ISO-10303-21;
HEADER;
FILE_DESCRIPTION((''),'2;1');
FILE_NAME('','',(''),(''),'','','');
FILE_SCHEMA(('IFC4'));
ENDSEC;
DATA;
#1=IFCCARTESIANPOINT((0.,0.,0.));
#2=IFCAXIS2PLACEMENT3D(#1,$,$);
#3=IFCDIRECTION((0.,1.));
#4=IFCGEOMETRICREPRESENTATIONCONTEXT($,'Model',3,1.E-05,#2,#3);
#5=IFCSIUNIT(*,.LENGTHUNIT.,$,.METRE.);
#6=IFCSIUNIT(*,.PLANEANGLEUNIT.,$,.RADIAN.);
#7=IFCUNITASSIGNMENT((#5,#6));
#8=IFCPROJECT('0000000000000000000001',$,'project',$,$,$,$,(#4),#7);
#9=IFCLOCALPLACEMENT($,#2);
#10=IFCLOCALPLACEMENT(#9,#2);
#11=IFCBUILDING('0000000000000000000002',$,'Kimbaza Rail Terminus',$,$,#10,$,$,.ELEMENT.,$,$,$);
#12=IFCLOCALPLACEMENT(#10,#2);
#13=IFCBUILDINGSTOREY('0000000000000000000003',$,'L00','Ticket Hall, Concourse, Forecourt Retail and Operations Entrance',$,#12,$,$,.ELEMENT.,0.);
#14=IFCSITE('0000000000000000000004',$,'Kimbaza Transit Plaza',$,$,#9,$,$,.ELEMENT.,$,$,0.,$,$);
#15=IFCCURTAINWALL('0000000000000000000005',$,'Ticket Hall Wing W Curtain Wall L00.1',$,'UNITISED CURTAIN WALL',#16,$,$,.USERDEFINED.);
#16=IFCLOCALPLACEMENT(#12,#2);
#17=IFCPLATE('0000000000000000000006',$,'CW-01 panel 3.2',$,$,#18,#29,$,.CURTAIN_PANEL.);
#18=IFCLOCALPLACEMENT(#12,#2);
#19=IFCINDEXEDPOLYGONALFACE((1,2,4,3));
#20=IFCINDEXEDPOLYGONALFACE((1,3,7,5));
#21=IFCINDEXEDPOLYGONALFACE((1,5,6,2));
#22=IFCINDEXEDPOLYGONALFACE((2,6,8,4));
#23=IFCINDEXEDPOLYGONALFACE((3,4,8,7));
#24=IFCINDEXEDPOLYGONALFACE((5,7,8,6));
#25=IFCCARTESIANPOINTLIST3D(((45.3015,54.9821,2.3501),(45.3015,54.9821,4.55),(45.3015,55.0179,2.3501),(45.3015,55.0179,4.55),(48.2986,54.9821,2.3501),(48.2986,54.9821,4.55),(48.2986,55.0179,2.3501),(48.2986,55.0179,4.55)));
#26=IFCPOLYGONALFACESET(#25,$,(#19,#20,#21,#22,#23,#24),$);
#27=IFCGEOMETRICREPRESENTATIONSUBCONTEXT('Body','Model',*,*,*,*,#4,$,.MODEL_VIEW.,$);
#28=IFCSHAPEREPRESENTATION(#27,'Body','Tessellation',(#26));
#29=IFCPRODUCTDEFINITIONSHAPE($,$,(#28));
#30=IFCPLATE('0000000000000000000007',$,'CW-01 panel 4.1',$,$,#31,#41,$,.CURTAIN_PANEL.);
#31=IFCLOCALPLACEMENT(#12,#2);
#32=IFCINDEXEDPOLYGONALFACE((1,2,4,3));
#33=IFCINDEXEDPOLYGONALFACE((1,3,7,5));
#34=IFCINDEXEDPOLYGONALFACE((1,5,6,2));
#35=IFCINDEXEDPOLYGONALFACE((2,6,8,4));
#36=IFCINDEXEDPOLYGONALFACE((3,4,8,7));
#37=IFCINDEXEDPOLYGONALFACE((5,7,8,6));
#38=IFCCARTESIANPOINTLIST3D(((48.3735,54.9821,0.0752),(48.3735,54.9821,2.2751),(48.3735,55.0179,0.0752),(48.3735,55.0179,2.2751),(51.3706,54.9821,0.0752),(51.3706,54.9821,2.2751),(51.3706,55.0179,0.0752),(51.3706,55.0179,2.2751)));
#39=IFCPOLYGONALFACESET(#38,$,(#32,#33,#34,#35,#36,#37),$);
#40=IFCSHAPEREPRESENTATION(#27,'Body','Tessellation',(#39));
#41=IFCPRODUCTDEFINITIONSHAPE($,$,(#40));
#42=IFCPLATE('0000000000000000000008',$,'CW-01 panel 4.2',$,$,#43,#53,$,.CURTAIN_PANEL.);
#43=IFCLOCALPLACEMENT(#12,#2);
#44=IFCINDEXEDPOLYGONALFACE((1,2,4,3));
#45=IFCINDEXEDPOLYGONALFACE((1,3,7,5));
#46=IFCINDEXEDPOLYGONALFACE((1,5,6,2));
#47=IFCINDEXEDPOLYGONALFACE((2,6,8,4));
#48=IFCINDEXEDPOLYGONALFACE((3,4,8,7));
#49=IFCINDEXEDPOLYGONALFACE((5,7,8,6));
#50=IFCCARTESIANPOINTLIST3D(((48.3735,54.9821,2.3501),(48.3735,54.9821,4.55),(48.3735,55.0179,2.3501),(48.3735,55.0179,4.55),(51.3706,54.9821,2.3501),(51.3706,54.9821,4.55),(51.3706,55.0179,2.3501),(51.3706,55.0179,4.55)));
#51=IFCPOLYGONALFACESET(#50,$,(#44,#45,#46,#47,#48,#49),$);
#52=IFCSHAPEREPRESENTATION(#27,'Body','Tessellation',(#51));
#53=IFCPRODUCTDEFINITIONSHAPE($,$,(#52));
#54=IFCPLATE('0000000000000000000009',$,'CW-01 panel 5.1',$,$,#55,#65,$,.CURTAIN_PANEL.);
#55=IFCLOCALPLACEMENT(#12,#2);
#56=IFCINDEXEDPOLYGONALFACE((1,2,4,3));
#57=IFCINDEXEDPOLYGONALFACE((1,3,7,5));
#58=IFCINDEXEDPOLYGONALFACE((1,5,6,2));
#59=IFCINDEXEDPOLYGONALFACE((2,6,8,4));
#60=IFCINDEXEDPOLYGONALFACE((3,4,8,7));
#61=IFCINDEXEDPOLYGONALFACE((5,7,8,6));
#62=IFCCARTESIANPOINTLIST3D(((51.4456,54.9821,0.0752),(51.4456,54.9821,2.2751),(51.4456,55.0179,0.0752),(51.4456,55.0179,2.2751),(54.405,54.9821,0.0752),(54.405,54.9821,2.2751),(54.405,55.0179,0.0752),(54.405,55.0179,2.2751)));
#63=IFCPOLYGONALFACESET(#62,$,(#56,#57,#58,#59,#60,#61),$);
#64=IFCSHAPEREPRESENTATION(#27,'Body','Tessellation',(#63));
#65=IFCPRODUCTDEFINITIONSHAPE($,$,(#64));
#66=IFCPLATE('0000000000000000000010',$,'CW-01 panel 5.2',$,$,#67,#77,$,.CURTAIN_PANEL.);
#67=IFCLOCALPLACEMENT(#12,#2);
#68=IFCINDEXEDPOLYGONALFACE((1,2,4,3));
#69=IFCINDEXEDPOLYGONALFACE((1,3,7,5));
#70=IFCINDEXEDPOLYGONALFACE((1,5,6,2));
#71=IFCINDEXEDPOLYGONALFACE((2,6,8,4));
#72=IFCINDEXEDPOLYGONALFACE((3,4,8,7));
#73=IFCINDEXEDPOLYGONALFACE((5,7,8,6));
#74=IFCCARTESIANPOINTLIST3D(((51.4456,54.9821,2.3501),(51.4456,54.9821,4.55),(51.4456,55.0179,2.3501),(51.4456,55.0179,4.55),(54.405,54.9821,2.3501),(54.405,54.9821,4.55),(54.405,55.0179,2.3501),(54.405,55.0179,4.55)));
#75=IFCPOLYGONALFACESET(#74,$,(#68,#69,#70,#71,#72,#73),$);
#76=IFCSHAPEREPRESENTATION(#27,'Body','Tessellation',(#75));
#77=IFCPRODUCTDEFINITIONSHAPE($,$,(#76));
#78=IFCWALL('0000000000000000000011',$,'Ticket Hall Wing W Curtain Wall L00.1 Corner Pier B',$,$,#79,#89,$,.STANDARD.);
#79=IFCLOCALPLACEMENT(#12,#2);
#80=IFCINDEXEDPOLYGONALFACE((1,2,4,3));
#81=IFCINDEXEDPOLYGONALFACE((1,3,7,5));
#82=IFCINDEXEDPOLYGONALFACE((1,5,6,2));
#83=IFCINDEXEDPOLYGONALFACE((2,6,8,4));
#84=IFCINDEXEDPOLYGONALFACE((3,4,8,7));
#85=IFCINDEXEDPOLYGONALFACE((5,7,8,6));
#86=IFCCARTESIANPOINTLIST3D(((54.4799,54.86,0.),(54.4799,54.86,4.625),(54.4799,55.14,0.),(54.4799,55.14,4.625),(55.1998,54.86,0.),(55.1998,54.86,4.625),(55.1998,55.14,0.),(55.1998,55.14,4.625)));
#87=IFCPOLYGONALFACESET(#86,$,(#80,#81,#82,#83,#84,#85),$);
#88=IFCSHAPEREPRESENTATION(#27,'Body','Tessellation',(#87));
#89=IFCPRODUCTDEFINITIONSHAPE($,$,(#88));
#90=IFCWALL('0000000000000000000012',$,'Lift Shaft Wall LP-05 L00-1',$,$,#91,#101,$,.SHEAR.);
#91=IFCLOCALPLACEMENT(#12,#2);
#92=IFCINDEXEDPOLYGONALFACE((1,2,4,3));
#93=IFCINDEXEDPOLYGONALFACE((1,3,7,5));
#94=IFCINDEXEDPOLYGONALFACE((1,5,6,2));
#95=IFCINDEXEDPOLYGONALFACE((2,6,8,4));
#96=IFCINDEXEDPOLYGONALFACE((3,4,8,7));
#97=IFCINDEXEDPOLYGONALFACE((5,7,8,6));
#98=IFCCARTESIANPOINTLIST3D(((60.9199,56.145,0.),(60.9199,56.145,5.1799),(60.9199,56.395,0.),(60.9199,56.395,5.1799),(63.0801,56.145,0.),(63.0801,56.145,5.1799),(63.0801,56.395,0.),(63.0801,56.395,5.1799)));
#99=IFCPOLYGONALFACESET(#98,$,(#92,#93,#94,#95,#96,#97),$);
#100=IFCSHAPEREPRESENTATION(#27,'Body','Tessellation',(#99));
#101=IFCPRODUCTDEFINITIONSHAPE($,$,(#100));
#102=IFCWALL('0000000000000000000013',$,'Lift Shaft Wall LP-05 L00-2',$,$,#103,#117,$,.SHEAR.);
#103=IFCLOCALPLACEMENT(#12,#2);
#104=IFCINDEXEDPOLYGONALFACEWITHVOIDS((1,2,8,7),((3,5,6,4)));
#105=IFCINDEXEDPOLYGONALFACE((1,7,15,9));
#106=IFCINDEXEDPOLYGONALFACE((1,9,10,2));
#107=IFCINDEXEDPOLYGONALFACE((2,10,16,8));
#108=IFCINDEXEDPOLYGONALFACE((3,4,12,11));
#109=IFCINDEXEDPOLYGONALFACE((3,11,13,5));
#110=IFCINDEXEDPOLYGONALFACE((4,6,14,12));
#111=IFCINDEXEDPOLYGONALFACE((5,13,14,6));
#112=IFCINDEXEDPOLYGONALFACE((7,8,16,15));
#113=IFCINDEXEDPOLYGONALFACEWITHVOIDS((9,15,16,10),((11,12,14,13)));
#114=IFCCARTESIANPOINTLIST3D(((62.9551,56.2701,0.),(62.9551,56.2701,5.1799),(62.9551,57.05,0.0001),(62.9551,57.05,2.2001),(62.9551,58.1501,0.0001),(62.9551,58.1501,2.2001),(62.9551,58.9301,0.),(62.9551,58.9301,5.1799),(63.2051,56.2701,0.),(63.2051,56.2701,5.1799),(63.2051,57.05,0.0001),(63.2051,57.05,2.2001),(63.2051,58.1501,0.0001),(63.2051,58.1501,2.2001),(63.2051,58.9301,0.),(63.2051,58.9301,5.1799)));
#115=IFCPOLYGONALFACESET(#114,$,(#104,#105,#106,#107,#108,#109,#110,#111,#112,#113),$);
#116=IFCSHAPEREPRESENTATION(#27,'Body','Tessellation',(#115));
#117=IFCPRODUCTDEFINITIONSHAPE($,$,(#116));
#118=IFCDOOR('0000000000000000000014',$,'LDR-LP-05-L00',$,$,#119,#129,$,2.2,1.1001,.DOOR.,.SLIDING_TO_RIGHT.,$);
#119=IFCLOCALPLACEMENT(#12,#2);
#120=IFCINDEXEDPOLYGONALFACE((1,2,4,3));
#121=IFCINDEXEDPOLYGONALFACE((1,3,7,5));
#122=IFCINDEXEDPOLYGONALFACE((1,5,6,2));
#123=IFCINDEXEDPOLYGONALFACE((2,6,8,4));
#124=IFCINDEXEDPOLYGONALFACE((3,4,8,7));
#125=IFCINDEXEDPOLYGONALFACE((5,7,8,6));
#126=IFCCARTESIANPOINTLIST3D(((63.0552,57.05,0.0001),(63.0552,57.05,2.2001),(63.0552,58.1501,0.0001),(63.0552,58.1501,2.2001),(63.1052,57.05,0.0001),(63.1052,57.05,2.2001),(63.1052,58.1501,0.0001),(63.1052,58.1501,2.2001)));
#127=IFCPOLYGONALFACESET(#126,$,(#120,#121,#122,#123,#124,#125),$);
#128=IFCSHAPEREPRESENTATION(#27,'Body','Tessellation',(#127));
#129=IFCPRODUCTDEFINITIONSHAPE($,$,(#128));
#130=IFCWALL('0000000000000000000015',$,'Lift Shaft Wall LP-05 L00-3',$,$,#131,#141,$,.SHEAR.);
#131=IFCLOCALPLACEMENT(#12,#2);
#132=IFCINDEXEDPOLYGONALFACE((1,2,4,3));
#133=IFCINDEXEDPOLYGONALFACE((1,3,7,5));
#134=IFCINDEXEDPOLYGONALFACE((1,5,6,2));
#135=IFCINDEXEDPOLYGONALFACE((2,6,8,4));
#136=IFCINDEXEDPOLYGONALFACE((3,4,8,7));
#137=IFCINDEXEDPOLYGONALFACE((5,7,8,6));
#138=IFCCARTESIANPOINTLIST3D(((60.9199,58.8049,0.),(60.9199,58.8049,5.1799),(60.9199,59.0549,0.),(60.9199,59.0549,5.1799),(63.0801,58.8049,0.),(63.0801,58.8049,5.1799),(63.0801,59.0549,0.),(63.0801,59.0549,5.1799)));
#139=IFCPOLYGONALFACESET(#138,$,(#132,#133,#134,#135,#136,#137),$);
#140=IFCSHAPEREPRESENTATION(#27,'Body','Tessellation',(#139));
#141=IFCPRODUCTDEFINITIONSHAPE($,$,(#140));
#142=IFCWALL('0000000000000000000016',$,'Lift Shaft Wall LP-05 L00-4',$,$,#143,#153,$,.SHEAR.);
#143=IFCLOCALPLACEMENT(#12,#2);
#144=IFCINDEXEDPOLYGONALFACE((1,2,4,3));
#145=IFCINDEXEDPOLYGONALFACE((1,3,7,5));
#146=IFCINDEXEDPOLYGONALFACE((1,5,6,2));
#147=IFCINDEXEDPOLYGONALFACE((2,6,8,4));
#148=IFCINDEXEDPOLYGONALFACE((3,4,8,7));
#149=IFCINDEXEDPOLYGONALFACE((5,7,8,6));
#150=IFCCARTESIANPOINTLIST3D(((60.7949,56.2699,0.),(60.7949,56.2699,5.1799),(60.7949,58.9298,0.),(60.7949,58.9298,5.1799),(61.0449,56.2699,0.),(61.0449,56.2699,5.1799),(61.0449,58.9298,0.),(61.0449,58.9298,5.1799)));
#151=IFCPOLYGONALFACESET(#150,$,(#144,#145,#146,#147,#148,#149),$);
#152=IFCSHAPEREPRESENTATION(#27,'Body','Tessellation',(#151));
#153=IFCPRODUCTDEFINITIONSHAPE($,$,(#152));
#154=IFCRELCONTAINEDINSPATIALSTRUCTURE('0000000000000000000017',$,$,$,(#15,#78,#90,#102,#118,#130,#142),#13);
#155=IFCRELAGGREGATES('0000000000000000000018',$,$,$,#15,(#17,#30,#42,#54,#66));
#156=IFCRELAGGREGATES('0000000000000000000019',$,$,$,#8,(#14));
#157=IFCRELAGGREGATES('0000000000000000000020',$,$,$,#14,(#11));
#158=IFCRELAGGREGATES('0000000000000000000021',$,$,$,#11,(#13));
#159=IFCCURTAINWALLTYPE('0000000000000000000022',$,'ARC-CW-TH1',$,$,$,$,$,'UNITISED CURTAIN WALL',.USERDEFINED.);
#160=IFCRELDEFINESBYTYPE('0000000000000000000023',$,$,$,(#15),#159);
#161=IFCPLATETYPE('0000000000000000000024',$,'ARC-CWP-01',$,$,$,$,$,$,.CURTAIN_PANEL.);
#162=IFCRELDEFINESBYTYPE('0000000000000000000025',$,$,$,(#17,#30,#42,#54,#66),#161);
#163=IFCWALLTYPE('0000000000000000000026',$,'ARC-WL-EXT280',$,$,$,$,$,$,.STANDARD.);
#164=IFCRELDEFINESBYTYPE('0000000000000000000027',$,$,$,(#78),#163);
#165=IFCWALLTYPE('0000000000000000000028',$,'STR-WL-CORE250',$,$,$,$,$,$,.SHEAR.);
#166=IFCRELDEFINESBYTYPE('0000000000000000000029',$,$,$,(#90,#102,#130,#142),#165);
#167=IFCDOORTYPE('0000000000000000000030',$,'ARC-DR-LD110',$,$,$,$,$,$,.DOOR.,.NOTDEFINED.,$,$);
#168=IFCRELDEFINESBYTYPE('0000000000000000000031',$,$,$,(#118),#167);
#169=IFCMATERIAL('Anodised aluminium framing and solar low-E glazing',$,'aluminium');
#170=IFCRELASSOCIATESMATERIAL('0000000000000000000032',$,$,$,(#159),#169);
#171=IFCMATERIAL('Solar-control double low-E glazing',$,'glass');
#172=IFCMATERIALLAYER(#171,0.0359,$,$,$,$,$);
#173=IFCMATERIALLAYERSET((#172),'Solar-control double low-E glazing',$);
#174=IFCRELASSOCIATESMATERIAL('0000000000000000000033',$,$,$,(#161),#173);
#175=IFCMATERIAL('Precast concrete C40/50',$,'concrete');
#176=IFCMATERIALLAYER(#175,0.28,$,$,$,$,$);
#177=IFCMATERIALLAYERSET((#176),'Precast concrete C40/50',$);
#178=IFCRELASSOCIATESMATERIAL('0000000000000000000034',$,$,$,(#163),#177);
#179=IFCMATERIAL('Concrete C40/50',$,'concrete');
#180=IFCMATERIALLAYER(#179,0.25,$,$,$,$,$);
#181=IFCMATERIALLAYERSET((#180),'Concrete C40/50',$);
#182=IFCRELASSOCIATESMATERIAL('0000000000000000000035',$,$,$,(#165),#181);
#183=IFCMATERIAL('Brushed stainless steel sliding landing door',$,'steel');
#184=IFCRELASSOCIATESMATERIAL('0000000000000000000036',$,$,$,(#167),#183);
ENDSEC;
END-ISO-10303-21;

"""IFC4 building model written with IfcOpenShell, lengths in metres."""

from ifc_helpers import new_model, si_unit, direction, frame, frame_2d, origin, origin_2d, place, context, subcontext, project, spatial, rectangle, extrude, material, layer, layer_set, type_object, element, fill, aggregate, save


model = new_model("IFC4")

# Units and contexts
model_context = context("Model", 3, precision=1e-05, world=origin(), true_north=direction((0.0, 1.0)))
body_context = subcontext(model_context, "Body", "Model", "MODEL_VIEW")
ifc_project = project(units=[si_unit("LENGTHUNIT", "METRE"), si_unit("PLANEANGLEUNIT", "RADIAN")], contexts=[model_context])

# Site, building, storey
site_placement = place(None, origin())
site = spatial("IfcSite", under=ifc_project, at=site_placement, Name="Kimbaza Transit Plaza", CompositionType="ELEMENT", RefElevation=0.0)
building_placement = place(site_placement, origin())
building = spatial("IfcBuilding", under=site, at=building_placement, Name="Kimbaza Rail Terminus", CompositionType="ELEMENT")
storey_placement = place(building_placement, origin())
storey = spatial("IfcBuildingStorey", under=building, at=storey_placement, Name="L00", Description="Ticket Hall, Concourse, Forecourt Retail and Operations Entrance", CompositionType="ELEMENT", Elevation=0.0)

# Curtain wall
ifc_material_1 = material(Name="Anodised aluminium framing and solar low-E glazing", Category="aluminium")
curtain_wall_type = type_object("IfcCurtainWallType", Name="ARC-CW-TH1", ElementType="UNITISED CURTAIN WALL", PredefinedType="USERDEFINED", material=ifc_material_1)
curtain_wall_placement = place(storey_placement, origin())
curtain_wall = element("IfcCurtainWall", 1, at=curtain_wall_placement, inside=storey, type_object=curtain_wall_type, Name="Ticket Hall Wing W Curtain Wall L00.1", ObjectType="UNITISED CURTAIN WALL", PredefinedType="USERDEFINED")

# Plates
ifc_material_2 = material(Name="Solar-control double low-E glazing", Category="glass")
ifc_layer_1 = layer(ifc_material_2, 0.0359)
ifc_layer_set_1 = layer_set([ifc_layer_1], Name="Solar-control double low-E glazing")
plate_type = type_object("IfcPlateType", Name="ARC-CWP-01", PredefinedType="CURTAIN_PANEL", material=ifc_layer_set_1)
plate_1_placement = place(storey_placement, frame((46.8, 55.0, 2.3501), z_axis=(0.0, 0.0, 1.0), x_axis=(1.0, 0.0, 0.0)))
plate_1 = element("IfcPlate", 2, at=plate_1_placement, type_object=plate_type, Name="CW-01 panel 3.2", PredefinedType="CURTAIN_PANEL", context=body_context, shape_type="SweptSolid", body=[
    extrude(rectangle(XDim=2.9971, YDim=0.0359, at=origin_2d()), origin(), (0.0, 0.0, 1.0), 2.2),
])
plate_2_placement = place(storey_placement, frame((49.8721, 55.0, 0.0752), z_axis=(0.0, 0.0, 1.0), x_axis=(1.0, 0.0, 0.0)))
plate_2 = element("IfcPlate", 3, at=plate_2_placement, type_object=plate_type, Name="CW-01 panel 4.1", PredefinedType="CURTAIN_PANEL", context=body_context, shape_type="SweptSolid", body=[
    extrude(rectangle(XDim=2.9971, YDim=0.0359, at=origin_2d()), origin(), (0.0, 0.0, 1.0), 2.2),
])
plate_3_placement = place(storey_placement, frame((49.8721, 55.0, 2.3501), z_axis=(0.0, 0.0, 1.0), x_axis=(1.0, 0.0, 0.0)))
plate_3 = element("IfcPlate", 4, at=plate_3_placement, type_object=plate_type, Name="CW-01 panel 4.2", PredefinedType="CURTAIN_PANEL", context=body_context, shape_type="SweptSolid", body=[
    extrude(rectangle(XDim=2.9971, YDim=0.0359, at=origin_2d()), origin(), (0.0, 0.0, 1.0), 2.2),
])
plate_4_placement = place(storey_placement, frame((52.9253, 55.0, 0.0752), z_axis=(0.0, 0.0, 1.0), x_axis=(1.0, 0.0, 0.0)))
plate_4 = element("IfcPlate", 5, at=plate_4_placement, type_object=plate_type, Name="CW-01 panel 5.1", PredefinedType="CURTAIN_PANEL", context=body_context, shape_type="SweptSolid", body=[
    extrude(rectangle(XDim=2.9595, YDim=0.0359, at=origin_2d()), origin(), (0.0, 0.0, 1.0), 2.2),
])
plate_5_placement = place(storey_placement, frame((52.9253, 55.0, 2.3501), z_axis=(0.0, 0.0, 1.0), x_axis=(1.0, 0.0, 0.0)))
plate_5 = element("IfcPlate", 6, at=plate_5_placement, type_object=plate_type, Name="CW-01 panel 5.2", PredefinedType="CURTAIN_PANEL", context=body_context, shape_type="SweptSolid", body=[
    extrude(rectangle(XDim=2.9595, YDim=0.0359, at=origin_2d()), origin(), (0.0, 0.0, 1.0), 2.2),
])
aggregate(curtain_wall, [plate_1, plate_2, plate_3, plate_4, plate_5])

# Walls
ifc_material_3 = material(Name="Precast concrete C40/50", Category="concrete")
ifc_layer_2 = layer(ifc_material_3, 0.28)
ifc_layer_set_2 = layer_set([ifc_layer_2], Name="Precast concrete C40/50")
wall_type_1 = type_object("IfcWallType", Name="ARC-WL-EXT280", PredefinedType="STANDARD", material=ifc_layer_set_2)
wall_1_placement = place(storey_placement, frame((54.48, 55.0, 0.0), z_axis=(0.0, 0.0, 1.0), x_axis=(1.0, 0.0, 0.0)))
element("IfcWall", 7, at=wall_1_placement, inside=storey, type_object=wall_type_1, Name="Ticket Hall Wing W Curtain Wall L00.1 Corner Pier B", PredefinedType="STANDARD", context=body_context, shape_type="SweptSolid", body=[
    extrude(rectangle(XDim=0.72, YDim=0.28, at=frame_2d((0.3599, 0.0))), origin(), (0.0, 0.0, 1.0), 4.625),
])
ifc_material_4 = material(Name="Concrete C40/50", Category="concrete")
ifc_layer_3 = layer(ifc_material_4, 0.25)
ifc_layer_set_3 = layer_set([ifc_layer_3], Name="Concrete C40/50")
wall_type_2 = type_object("IfcWallType", Name="STR-WL-CORE250", PredefinedType="SHEAR", material=ifc_layer_set_3)
wall_2_placement = place(storey_placement, frame((60.9199, 56.27, 0.0), z_axis=(0.0, 0.0, 1.0), x_axis=(1.0, 0.0, 0.0)))
element("IfcWall", 8, at=wall_2_placement, inside=storey, type_object=wall_type_2, Name="Lift Shaft Wall LP-05 L00-1", PredefinedType="SHEAR", context=body_context, shape_type="SweptSolid", body=[
    extrude(rectangle(XDim=2.1602, YDim=0.25, at=frame_2d((1.0801, 0.0))), origin(), (0.0, 0.0, 1.0), 5.1799),
])

# Wall, opening, door
wall_3_placement = place(storey_placement, frame((63.0801, 56.27, 0.0), z_axis=(0.0, 0.0, 1.0), x_axis=(0.0, 1.0, 0.0)))
wall_3 = element("IfcWall", 9, at=wall_3_placement, inside=storey, type_object=wall_type_2, Name="Lift Shaft Wall LP-05 L00-2", PredefinedType="SHEAR", context=body_context, shape_type="SweptSolid", body=[
    extrude(rectangle(XDim=2.6599, YDim=0.25, at=frame_2d((1.3301, 0.0))), origin(), (0.0, 0.0, 1.0), 5.1799),
])
opening_placement = place(wall_3_placement, frame((0.78, 0.0, 0.0)))
opening = element("IfcOpeningElement", 10, at=opening_placement, cuts=wall_3, PredefinedType="OPENING", context=body_context, shape_type="SweptSolid", body=[
    extrude(rectangle(XDim=1.1001, YDim=2.2, at=frame_2d((0.55, 1.1001))), frame((0.0, 0.135, 0.0), z_axis=(0.0, -1.0, 0.0), x_axis=(1.0, 0.0, 0.0)), (0.0, 0.0, 1.0), 0.27),
])
ifc_material_5 = material(Name="Brushed stainless steel sliding landing door", Category="steel")
door_type = type_object("IfcDoorType", Name="ARC-DR-LD110", OperationType="NOTDEFINED", PredefinedType="DOOR", material=ifc_material_5)
door_placement = place(opening_placement, origin())
door = element("IfcDoor", 11, at=door_placement, inside=storey, type_object=door_type, Name="LDR-LP-05-L00", OperationType="SLIDING_TO_RIGHT", OverallHeight=2.2, OverallWidth=1.1001, PredefinedType="DOOR", context=body_context, shape_type="SweptSolid", body=[
    extrude(rectangle(XDim=1.1001, YDim=2.2, at=frame_2d((0.55, 1.1001))), frame((0.0, 0.0249, 0.0), z_axis=(0.0, -1.0, 0.0), x_axis=(1.0, 0.0, 0.0)), (0.0, 0.0, 1.0), 0.05),
])
fill(opening, door)

# Walls
wall_4_placement = place(storey_placement, frame((63.0801, 58.9299, 0.0), z_axis=(0.0, 0.0, 1.0), x_axis=(-1.0, 0.0, 0.0)))
element("IfcWall", 12, at=wall_4_placement, inside=storey, type_object=wall_type_2, Name="Lift Shaft Wall LP-05 L00-3", PredefinedType="SHEAR", context=body_context, shape_type="SweptSolid", body=[
    extrude(rectangle(XDim=2.1602, YDim=0.25, at=frame_2d((1.0801, 0.0))), origin(), (0.0, 0.0, 1.0), 5.1799),
])
wall_5_placement = place(storey_placement, frame((60.9199, 58.9299, 0.0), z_axis=(0.0, 0.0, 1.0), x_axis=(0.0, -1.0, 0.0)))
element("IfcWall", 13, at=wall_5_placement, inside=storey, type_object=wall_type_2, Name="Lift Shaft Wall LP-05 L00-4", PredefinedType="SHEAR", context=body_context, shape_type="SweptSolid", body=[
    extrude(rectangle(XDim=2.6599, YDim=0.25, at=frame_2d((1.3301, 0.0))), origin(), (0.0, 0.0, 1.0), 5.1799),
])

save(model, "model.ifc")
